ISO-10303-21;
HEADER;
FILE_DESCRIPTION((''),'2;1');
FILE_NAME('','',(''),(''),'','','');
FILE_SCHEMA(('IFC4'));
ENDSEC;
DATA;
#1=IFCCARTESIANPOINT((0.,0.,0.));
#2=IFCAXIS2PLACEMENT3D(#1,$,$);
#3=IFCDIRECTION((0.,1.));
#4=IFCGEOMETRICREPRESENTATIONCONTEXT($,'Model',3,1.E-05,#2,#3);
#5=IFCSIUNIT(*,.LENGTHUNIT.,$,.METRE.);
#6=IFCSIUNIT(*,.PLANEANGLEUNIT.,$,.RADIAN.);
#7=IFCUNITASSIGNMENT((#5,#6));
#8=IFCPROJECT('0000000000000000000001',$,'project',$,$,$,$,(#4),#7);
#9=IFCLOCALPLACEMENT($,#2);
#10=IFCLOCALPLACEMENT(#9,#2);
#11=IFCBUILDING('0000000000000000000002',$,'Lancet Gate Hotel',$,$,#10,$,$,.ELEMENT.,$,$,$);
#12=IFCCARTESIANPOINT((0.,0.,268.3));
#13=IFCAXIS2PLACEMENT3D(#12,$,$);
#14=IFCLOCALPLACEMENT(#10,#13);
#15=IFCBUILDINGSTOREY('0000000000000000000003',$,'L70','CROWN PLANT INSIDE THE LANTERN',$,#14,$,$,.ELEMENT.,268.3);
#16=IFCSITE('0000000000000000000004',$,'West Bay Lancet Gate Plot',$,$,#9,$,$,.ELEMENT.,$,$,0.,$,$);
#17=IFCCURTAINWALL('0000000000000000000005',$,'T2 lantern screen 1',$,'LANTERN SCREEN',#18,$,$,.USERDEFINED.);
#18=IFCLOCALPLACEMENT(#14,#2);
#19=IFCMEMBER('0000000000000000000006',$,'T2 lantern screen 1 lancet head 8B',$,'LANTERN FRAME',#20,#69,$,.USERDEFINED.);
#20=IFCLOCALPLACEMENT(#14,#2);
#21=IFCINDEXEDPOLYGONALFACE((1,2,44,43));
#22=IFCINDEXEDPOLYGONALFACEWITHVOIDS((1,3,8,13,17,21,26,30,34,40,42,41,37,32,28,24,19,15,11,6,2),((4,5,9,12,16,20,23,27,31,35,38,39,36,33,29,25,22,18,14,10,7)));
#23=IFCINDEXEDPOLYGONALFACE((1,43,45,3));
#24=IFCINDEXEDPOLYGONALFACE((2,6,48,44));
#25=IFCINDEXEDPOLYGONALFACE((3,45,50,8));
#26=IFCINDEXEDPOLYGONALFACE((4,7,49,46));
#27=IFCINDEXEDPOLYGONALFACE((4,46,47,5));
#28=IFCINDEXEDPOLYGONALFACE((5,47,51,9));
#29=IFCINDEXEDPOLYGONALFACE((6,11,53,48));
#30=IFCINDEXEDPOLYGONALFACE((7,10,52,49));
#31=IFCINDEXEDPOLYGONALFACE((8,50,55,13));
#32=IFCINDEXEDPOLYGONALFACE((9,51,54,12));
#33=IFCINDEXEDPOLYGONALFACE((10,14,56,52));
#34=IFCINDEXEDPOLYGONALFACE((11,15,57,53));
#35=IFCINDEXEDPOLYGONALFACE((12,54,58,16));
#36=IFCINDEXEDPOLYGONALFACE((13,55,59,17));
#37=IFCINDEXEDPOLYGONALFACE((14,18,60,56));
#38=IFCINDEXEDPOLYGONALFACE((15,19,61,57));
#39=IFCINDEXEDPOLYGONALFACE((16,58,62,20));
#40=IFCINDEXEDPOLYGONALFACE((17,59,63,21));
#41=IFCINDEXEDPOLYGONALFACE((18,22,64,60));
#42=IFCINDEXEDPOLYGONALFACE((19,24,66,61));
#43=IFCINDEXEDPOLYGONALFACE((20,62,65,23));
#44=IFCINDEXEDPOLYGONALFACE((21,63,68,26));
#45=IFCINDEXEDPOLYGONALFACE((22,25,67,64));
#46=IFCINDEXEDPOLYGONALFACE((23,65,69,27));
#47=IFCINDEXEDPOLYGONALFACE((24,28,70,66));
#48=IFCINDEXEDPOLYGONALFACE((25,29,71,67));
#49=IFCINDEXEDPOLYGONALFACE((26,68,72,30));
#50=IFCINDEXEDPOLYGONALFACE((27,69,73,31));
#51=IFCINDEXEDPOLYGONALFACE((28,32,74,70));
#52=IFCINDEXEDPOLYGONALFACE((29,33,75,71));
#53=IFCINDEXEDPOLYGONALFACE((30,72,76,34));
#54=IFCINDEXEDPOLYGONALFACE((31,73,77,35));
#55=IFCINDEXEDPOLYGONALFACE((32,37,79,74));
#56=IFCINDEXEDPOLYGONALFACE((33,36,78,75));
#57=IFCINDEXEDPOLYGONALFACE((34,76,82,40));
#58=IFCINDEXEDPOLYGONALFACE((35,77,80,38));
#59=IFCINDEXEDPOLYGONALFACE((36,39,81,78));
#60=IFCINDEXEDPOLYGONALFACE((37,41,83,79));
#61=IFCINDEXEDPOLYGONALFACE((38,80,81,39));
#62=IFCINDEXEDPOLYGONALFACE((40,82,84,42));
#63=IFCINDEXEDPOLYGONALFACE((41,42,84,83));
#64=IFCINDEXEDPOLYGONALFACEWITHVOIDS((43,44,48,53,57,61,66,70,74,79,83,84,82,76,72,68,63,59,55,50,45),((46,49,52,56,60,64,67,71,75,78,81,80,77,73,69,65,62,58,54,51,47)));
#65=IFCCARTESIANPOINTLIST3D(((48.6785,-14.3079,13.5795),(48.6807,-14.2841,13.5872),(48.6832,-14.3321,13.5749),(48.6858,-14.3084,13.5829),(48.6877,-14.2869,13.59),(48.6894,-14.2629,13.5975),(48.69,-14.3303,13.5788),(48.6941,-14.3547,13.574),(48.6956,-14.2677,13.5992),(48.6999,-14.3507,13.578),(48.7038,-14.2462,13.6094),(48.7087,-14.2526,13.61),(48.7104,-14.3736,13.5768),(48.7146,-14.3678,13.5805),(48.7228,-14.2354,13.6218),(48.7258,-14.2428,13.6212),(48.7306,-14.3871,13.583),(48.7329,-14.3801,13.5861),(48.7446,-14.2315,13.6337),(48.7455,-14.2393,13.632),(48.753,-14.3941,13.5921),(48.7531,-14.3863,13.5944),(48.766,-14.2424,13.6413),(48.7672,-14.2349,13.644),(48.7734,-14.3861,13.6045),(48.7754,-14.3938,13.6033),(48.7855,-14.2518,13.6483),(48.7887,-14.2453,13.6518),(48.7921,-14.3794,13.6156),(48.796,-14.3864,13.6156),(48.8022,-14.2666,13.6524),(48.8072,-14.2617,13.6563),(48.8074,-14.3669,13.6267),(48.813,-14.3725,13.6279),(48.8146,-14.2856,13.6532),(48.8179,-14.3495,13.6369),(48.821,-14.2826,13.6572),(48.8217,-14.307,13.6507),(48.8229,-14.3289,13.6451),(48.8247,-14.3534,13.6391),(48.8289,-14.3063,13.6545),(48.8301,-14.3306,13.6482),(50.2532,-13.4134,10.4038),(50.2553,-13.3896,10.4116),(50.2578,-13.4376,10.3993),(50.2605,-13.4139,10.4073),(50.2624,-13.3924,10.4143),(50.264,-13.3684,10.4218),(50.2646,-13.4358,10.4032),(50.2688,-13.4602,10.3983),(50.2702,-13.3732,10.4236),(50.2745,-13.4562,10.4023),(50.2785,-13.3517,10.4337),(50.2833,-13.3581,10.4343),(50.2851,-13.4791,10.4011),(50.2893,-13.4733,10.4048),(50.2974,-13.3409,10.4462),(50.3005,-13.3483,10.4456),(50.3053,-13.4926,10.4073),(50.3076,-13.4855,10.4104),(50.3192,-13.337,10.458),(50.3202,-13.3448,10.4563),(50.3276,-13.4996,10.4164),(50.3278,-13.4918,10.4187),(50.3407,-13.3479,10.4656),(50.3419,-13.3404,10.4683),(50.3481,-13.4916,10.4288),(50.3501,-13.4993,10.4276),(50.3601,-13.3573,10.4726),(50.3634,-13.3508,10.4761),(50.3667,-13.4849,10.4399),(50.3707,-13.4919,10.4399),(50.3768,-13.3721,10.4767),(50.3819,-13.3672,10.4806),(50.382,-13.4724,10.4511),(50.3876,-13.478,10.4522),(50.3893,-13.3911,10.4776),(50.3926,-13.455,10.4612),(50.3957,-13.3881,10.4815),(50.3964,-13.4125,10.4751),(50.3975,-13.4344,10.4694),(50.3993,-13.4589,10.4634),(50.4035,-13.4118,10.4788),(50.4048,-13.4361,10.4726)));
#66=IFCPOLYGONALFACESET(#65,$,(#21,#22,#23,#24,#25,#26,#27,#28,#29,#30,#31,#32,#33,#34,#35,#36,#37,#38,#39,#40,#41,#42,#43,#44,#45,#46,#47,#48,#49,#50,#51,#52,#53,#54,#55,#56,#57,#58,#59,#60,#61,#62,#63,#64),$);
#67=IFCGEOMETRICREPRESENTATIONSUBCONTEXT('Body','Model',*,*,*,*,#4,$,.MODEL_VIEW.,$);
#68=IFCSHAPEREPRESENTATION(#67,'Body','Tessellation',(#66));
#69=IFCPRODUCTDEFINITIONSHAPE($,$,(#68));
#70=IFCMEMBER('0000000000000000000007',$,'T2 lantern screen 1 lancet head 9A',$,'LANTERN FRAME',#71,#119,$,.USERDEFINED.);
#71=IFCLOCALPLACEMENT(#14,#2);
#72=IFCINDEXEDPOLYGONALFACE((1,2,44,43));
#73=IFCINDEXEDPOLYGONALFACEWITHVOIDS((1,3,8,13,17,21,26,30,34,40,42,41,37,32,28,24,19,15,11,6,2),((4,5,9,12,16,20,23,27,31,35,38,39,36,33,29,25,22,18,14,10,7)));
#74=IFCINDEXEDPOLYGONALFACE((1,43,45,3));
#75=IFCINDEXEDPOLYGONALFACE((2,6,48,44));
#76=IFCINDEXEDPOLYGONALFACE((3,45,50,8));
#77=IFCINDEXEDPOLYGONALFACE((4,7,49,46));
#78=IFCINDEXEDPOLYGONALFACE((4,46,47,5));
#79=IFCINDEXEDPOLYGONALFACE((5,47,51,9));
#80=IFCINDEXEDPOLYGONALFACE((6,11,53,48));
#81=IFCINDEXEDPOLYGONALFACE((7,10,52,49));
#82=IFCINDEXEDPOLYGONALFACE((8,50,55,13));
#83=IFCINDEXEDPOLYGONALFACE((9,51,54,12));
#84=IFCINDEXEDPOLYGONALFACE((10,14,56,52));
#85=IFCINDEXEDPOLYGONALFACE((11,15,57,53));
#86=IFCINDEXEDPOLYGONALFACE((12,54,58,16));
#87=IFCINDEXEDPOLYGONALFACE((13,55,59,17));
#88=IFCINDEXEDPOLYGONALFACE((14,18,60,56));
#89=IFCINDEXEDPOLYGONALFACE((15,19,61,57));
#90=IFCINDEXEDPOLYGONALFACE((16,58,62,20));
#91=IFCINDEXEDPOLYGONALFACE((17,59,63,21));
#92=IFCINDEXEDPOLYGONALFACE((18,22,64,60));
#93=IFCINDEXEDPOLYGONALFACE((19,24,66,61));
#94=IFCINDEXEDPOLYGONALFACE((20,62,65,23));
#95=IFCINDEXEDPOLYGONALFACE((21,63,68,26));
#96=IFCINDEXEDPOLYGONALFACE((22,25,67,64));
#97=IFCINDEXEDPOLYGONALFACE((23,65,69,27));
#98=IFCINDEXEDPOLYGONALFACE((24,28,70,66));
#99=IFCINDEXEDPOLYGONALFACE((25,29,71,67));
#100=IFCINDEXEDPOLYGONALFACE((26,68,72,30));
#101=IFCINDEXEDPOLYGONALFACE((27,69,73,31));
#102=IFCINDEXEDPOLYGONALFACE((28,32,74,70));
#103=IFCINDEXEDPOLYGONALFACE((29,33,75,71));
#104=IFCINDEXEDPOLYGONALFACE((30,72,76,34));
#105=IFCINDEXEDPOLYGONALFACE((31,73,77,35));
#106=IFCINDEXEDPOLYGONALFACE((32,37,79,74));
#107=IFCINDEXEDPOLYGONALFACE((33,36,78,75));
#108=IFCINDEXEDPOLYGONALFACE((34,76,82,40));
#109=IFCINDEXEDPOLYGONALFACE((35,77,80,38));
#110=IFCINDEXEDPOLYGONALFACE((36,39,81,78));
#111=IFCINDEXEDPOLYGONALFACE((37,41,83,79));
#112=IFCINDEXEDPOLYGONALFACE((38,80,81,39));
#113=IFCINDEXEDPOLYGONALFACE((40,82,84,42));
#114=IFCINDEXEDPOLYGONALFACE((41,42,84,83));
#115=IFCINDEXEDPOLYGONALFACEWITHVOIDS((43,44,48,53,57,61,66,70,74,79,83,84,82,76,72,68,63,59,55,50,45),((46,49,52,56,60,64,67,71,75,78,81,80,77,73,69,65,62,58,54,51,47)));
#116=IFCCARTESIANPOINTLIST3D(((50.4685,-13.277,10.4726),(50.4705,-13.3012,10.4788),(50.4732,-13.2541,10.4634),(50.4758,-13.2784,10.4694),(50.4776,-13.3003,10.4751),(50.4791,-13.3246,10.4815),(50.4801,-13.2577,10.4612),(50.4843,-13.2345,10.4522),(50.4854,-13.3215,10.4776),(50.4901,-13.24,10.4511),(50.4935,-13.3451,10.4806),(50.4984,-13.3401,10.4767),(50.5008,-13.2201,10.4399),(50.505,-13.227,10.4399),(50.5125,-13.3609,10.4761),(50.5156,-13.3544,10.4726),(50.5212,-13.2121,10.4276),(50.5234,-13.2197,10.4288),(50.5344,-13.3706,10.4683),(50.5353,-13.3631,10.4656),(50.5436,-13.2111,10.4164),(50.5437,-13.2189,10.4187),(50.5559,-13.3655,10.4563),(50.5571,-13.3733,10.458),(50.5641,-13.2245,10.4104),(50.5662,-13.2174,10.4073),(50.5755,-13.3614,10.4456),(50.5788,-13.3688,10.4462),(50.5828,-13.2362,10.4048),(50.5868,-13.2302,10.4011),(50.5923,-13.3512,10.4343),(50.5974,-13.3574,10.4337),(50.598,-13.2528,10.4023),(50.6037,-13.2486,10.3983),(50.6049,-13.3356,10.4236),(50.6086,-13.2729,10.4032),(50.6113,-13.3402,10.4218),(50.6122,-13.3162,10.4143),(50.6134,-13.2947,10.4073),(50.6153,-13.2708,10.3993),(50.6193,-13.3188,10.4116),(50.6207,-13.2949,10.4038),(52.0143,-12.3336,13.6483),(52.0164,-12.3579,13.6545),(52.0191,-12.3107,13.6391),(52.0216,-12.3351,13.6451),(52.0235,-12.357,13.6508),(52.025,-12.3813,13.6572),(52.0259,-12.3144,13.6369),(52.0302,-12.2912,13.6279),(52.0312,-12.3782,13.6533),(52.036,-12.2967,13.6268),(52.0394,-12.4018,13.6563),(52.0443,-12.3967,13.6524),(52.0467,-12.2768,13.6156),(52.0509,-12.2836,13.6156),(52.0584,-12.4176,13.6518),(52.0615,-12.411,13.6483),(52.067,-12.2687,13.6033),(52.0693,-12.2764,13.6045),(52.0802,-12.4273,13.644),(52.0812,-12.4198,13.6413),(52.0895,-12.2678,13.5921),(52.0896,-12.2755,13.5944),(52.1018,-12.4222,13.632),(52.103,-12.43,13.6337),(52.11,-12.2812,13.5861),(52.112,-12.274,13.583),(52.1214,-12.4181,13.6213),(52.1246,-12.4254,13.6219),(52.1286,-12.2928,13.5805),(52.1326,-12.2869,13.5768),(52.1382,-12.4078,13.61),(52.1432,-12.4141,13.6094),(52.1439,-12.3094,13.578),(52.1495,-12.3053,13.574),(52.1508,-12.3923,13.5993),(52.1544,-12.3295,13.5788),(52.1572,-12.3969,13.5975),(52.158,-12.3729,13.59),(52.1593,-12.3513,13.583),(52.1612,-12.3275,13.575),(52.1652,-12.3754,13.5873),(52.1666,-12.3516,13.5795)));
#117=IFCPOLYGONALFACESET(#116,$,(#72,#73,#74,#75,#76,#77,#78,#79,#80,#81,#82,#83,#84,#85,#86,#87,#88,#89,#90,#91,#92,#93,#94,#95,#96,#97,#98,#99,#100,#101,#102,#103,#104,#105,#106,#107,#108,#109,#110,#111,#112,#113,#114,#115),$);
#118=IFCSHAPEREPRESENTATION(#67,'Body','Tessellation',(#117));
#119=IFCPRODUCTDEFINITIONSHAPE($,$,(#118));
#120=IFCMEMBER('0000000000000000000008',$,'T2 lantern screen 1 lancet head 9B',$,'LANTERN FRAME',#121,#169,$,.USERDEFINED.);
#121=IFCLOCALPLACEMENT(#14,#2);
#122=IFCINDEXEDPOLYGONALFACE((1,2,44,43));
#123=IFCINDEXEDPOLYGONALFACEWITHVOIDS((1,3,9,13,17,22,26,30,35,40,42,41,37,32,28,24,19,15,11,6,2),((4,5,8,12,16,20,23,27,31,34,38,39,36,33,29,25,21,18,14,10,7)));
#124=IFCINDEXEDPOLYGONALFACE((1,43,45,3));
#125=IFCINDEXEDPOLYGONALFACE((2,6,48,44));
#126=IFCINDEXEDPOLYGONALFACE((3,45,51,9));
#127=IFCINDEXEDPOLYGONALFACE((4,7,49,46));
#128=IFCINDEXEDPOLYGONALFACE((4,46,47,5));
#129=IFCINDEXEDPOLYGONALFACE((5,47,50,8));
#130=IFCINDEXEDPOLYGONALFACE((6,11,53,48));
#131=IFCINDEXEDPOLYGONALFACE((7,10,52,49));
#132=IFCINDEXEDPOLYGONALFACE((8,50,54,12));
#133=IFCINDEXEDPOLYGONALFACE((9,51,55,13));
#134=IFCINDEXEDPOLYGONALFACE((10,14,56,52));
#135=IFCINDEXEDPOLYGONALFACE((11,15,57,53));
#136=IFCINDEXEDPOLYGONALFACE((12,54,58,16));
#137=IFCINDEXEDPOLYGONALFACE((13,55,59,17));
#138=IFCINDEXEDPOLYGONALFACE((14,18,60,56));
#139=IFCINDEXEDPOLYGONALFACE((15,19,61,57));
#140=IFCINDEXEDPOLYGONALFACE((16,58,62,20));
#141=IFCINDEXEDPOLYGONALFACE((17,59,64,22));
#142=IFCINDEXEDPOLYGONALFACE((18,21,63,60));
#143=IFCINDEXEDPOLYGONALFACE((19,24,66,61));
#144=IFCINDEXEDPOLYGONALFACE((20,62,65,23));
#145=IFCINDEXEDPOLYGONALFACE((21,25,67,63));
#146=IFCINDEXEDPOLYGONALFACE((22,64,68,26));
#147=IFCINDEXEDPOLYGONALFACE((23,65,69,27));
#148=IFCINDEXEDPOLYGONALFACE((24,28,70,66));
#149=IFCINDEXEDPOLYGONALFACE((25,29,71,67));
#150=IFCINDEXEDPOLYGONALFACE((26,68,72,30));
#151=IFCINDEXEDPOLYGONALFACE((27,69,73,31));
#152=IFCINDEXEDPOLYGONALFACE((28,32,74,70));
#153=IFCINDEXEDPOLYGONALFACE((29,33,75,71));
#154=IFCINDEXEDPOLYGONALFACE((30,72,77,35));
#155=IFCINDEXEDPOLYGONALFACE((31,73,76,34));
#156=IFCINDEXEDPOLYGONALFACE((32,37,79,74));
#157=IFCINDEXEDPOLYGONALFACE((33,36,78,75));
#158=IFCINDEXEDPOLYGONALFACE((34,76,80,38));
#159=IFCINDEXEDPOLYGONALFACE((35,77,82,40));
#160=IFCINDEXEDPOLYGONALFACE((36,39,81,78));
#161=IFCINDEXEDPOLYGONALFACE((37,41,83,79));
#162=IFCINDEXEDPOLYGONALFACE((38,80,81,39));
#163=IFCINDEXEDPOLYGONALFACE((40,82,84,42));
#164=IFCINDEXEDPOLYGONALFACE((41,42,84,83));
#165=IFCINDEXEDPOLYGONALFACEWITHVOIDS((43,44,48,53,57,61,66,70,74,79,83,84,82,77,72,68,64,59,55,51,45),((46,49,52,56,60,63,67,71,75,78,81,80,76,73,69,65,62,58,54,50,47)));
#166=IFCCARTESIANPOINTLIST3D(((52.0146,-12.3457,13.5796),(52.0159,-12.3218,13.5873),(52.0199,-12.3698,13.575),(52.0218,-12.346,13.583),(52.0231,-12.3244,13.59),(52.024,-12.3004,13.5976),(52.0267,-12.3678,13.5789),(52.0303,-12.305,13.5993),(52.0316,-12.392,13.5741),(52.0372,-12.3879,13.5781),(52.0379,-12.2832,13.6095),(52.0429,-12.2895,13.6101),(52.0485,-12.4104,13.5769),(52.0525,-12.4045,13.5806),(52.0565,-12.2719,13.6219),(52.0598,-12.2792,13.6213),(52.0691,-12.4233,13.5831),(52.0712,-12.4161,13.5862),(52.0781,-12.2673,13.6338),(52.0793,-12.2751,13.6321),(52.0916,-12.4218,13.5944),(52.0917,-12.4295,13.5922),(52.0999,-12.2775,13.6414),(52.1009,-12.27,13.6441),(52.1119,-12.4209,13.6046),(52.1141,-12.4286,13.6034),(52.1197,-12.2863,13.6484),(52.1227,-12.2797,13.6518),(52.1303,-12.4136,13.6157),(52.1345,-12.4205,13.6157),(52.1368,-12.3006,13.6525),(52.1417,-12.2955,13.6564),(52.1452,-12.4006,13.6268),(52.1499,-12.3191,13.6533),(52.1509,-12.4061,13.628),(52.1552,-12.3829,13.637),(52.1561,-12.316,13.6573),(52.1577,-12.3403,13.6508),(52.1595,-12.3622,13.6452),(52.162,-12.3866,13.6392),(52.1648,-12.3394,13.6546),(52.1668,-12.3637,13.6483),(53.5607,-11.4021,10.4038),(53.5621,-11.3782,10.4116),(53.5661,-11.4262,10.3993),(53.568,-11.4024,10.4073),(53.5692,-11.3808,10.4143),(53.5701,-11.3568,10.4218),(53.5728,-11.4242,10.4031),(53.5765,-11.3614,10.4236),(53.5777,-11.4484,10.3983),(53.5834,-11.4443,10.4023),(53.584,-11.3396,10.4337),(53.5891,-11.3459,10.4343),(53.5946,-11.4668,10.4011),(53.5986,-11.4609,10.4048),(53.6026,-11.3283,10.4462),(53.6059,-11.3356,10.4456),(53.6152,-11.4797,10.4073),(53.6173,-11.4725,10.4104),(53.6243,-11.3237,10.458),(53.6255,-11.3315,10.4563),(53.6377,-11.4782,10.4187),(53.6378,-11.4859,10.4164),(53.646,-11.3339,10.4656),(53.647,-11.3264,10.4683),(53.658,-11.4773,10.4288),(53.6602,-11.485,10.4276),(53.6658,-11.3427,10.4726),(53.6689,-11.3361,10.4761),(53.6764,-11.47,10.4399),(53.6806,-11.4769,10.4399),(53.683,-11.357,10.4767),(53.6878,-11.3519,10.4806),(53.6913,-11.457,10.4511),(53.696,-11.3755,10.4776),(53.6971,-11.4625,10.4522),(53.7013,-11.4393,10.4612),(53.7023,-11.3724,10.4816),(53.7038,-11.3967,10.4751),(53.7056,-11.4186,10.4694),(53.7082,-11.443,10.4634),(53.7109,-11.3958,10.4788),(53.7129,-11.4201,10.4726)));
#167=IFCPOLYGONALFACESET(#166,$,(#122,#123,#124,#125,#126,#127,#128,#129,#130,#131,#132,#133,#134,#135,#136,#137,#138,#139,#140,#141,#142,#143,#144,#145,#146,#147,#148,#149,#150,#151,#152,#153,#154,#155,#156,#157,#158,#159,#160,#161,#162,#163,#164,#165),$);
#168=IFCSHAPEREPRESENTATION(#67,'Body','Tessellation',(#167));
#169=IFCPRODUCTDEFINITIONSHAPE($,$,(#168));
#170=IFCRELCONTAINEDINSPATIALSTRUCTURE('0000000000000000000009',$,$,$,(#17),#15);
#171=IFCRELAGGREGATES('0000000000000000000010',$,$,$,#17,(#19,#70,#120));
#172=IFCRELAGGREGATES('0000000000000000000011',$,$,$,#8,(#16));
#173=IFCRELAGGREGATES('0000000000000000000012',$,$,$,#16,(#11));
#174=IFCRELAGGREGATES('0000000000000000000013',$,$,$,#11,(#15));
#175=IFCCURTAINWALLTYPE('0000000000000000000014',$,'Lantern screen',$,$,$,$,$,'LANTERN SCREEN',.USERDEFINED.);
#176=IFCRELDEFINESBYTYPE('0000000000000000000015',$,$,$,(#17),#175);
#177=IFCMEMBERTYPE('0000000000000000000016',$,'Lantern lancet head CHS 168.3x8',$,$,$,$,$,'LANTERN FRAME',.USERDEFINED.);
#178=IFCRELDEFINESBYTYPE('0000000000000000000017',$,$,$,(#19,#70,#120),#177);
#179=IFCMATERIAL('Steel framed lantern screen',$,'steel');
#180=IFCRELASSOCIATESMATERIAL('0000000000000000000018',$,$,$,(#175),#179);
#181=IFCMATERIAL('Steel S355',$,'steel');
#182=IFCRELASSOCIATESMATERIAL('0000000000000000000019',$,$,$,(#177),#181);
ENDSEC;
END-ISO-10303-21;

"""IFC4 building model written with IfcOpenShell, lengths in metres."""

from ifc_helpers import new_model, si_unit, direction, frame, origin, origin_2d, place, context, subcontext, project, spatial, hollow_circle, extrude, material, material_profile, profile_set, type_object, element, aggregate, save


model = new_model("IFC4")

# Units and contexts
model_context = context("Model", 3, precision=1e-05, world=origin(), true_north=direction((0.0, 1.0)))
body_context = subcontext(model_context, "Body", "Model", "MODEL_VIEW")
ifc_project = project(units=[si_unit("LENGTHUNIT", "METRE"), si_unit("PLANEANGLEUNIT", "RADIAN")], contexts=[model_context])

# Site, building, storey
site_placement = place(None, origin())
site = spatial("IfcSite", under=ifc_project, at=site_placement, Name="West Bay Lancet Gate Plot", CompositionType="ELEMENT", RefElevation=0.0)
building_placement = place(site_placement, origin())
building = spatial("IfcBuilding", under=site, at=building_placement, Name="Lancet Gate Hotel", CompositionType="ELEMENT")
storey_placement = place(building_placement, frame((0.0, 0.0, 268.3)))
storey = spatial("IfcBuildingStorey", under=building, at=storey_placement, Name="L70", Description="CROWN PLANT INSIDE THE LANTERN", CompositionType="ELEMENT", Elevation=268.3)

# Curtain wall, members
ifc_material_1 = material(Name="Steel framed lantern screen", Category="steel")
curtain_wall_type_1 = type_object("IfcCurtainWallType", Name="Lantern screen", ElementType="LANTERN SCREEN", PredefinedType="USERDEFINED", material=ifc_material_1)
curtain_wall_1_placement = place(storey_placement, origin())
curtain_wall_1 = element("IfcCurtainWall", 1, at=curtain_wall_1_placement, inside=storey, type_object=curtain_wall_type_1, Name="T2 lantern screen 1", ObjectType="LANTERN SCREEN", PredefinedType="USERDEFINED")
ifc_material_2 = material(Name="Steel S355", Category="steel")
ifc_material_profile_1 = material_profile(ifc_material_2, hollow_circle(Radius=0.0842, WallThickness=0.0081, at=origin_2d()), Name="CHS 168.3x8.0")
ifc_profile_set_1 = profile_set([ifc_material_profile_1], Name="Steel S355")
member_type_1 = type_object("IfcMemberType", Name="Lantern lancet head CHS 168.3x8", ElementType="LANTERN FRAME", PredefinedType="USERDEFINED", material=ifc_profile_set_1)
member_1_placement = place(storey_placement, frame((50.3291, -13.4187, 10.4399), z_axis=(-0.430732, -0.244683, 0.868677), x_axis=(0.493931, -0.869501, 0.0)))
member_1 = element("IfcMember", 2, at=member_1_placement, type_object=member_type_1, Name="T2 lantern screen 1 lancet head 8B", ObjectType="LANTERN FRAME", PredefinedType="USERDEFINED", context=body_context, shape_type="SweptSolid", body=[
    extrude(hollow_circle(Radius=0.0842, WallThickness=0.0081, at=origin_2d()), origin(), (0.0, 0.0, 1.0), 3.6558),
])
member_2_placement = place(storey_placement, frame((50.5447, -13.292, 10.4399), z_axis=(0.422855, 0.25804, 0.868682), x_axis=(-0.520905, 0.853615, 0.0)))
member_2 = element("IfcMember", 3, at=member_2_placement, type_object=member_type_1, Name="T2 lantern screen 1 lancet head 9A", ObjectType="LANTERN FRAME", PredefinedType="USERDEFINED", context=body_context, shape_type="SweptSolid", body=[
    extrude(hollow_circle(Radius=0.0842, WallThickness=0.0081, at=origin_2d()), origin(), (0.0, 0.0, 1.0), 3.6558),
])
member_3_placement = place(storey_placement, frame((53.6367, -11.405, 10.4399), z_axis=(-0.422902, -0.258095, 0.868643), x_axis=(0.520943, -0.853592, 0.0)))
member_3 = element("IfcMember", 4, at=member_3_placement, type_object=member_type_1, Name="T2 lantern screen 1 lancet head 9B", ObjectType="LANTERN FRAME", PredefinedType="USERDEFINED", context=body_context, shape_type="SweptSolid", body=[
    extrude(hollow_circle(Radius=0.0842, WallThickness=0.0081, at=origin_2d()), origin(), (0.0, 0.0, 1.0), 3.656),
])

aggregate(curtain_wall_1, [member_1, member_2, member_3])

save(model, "model.ifc")
